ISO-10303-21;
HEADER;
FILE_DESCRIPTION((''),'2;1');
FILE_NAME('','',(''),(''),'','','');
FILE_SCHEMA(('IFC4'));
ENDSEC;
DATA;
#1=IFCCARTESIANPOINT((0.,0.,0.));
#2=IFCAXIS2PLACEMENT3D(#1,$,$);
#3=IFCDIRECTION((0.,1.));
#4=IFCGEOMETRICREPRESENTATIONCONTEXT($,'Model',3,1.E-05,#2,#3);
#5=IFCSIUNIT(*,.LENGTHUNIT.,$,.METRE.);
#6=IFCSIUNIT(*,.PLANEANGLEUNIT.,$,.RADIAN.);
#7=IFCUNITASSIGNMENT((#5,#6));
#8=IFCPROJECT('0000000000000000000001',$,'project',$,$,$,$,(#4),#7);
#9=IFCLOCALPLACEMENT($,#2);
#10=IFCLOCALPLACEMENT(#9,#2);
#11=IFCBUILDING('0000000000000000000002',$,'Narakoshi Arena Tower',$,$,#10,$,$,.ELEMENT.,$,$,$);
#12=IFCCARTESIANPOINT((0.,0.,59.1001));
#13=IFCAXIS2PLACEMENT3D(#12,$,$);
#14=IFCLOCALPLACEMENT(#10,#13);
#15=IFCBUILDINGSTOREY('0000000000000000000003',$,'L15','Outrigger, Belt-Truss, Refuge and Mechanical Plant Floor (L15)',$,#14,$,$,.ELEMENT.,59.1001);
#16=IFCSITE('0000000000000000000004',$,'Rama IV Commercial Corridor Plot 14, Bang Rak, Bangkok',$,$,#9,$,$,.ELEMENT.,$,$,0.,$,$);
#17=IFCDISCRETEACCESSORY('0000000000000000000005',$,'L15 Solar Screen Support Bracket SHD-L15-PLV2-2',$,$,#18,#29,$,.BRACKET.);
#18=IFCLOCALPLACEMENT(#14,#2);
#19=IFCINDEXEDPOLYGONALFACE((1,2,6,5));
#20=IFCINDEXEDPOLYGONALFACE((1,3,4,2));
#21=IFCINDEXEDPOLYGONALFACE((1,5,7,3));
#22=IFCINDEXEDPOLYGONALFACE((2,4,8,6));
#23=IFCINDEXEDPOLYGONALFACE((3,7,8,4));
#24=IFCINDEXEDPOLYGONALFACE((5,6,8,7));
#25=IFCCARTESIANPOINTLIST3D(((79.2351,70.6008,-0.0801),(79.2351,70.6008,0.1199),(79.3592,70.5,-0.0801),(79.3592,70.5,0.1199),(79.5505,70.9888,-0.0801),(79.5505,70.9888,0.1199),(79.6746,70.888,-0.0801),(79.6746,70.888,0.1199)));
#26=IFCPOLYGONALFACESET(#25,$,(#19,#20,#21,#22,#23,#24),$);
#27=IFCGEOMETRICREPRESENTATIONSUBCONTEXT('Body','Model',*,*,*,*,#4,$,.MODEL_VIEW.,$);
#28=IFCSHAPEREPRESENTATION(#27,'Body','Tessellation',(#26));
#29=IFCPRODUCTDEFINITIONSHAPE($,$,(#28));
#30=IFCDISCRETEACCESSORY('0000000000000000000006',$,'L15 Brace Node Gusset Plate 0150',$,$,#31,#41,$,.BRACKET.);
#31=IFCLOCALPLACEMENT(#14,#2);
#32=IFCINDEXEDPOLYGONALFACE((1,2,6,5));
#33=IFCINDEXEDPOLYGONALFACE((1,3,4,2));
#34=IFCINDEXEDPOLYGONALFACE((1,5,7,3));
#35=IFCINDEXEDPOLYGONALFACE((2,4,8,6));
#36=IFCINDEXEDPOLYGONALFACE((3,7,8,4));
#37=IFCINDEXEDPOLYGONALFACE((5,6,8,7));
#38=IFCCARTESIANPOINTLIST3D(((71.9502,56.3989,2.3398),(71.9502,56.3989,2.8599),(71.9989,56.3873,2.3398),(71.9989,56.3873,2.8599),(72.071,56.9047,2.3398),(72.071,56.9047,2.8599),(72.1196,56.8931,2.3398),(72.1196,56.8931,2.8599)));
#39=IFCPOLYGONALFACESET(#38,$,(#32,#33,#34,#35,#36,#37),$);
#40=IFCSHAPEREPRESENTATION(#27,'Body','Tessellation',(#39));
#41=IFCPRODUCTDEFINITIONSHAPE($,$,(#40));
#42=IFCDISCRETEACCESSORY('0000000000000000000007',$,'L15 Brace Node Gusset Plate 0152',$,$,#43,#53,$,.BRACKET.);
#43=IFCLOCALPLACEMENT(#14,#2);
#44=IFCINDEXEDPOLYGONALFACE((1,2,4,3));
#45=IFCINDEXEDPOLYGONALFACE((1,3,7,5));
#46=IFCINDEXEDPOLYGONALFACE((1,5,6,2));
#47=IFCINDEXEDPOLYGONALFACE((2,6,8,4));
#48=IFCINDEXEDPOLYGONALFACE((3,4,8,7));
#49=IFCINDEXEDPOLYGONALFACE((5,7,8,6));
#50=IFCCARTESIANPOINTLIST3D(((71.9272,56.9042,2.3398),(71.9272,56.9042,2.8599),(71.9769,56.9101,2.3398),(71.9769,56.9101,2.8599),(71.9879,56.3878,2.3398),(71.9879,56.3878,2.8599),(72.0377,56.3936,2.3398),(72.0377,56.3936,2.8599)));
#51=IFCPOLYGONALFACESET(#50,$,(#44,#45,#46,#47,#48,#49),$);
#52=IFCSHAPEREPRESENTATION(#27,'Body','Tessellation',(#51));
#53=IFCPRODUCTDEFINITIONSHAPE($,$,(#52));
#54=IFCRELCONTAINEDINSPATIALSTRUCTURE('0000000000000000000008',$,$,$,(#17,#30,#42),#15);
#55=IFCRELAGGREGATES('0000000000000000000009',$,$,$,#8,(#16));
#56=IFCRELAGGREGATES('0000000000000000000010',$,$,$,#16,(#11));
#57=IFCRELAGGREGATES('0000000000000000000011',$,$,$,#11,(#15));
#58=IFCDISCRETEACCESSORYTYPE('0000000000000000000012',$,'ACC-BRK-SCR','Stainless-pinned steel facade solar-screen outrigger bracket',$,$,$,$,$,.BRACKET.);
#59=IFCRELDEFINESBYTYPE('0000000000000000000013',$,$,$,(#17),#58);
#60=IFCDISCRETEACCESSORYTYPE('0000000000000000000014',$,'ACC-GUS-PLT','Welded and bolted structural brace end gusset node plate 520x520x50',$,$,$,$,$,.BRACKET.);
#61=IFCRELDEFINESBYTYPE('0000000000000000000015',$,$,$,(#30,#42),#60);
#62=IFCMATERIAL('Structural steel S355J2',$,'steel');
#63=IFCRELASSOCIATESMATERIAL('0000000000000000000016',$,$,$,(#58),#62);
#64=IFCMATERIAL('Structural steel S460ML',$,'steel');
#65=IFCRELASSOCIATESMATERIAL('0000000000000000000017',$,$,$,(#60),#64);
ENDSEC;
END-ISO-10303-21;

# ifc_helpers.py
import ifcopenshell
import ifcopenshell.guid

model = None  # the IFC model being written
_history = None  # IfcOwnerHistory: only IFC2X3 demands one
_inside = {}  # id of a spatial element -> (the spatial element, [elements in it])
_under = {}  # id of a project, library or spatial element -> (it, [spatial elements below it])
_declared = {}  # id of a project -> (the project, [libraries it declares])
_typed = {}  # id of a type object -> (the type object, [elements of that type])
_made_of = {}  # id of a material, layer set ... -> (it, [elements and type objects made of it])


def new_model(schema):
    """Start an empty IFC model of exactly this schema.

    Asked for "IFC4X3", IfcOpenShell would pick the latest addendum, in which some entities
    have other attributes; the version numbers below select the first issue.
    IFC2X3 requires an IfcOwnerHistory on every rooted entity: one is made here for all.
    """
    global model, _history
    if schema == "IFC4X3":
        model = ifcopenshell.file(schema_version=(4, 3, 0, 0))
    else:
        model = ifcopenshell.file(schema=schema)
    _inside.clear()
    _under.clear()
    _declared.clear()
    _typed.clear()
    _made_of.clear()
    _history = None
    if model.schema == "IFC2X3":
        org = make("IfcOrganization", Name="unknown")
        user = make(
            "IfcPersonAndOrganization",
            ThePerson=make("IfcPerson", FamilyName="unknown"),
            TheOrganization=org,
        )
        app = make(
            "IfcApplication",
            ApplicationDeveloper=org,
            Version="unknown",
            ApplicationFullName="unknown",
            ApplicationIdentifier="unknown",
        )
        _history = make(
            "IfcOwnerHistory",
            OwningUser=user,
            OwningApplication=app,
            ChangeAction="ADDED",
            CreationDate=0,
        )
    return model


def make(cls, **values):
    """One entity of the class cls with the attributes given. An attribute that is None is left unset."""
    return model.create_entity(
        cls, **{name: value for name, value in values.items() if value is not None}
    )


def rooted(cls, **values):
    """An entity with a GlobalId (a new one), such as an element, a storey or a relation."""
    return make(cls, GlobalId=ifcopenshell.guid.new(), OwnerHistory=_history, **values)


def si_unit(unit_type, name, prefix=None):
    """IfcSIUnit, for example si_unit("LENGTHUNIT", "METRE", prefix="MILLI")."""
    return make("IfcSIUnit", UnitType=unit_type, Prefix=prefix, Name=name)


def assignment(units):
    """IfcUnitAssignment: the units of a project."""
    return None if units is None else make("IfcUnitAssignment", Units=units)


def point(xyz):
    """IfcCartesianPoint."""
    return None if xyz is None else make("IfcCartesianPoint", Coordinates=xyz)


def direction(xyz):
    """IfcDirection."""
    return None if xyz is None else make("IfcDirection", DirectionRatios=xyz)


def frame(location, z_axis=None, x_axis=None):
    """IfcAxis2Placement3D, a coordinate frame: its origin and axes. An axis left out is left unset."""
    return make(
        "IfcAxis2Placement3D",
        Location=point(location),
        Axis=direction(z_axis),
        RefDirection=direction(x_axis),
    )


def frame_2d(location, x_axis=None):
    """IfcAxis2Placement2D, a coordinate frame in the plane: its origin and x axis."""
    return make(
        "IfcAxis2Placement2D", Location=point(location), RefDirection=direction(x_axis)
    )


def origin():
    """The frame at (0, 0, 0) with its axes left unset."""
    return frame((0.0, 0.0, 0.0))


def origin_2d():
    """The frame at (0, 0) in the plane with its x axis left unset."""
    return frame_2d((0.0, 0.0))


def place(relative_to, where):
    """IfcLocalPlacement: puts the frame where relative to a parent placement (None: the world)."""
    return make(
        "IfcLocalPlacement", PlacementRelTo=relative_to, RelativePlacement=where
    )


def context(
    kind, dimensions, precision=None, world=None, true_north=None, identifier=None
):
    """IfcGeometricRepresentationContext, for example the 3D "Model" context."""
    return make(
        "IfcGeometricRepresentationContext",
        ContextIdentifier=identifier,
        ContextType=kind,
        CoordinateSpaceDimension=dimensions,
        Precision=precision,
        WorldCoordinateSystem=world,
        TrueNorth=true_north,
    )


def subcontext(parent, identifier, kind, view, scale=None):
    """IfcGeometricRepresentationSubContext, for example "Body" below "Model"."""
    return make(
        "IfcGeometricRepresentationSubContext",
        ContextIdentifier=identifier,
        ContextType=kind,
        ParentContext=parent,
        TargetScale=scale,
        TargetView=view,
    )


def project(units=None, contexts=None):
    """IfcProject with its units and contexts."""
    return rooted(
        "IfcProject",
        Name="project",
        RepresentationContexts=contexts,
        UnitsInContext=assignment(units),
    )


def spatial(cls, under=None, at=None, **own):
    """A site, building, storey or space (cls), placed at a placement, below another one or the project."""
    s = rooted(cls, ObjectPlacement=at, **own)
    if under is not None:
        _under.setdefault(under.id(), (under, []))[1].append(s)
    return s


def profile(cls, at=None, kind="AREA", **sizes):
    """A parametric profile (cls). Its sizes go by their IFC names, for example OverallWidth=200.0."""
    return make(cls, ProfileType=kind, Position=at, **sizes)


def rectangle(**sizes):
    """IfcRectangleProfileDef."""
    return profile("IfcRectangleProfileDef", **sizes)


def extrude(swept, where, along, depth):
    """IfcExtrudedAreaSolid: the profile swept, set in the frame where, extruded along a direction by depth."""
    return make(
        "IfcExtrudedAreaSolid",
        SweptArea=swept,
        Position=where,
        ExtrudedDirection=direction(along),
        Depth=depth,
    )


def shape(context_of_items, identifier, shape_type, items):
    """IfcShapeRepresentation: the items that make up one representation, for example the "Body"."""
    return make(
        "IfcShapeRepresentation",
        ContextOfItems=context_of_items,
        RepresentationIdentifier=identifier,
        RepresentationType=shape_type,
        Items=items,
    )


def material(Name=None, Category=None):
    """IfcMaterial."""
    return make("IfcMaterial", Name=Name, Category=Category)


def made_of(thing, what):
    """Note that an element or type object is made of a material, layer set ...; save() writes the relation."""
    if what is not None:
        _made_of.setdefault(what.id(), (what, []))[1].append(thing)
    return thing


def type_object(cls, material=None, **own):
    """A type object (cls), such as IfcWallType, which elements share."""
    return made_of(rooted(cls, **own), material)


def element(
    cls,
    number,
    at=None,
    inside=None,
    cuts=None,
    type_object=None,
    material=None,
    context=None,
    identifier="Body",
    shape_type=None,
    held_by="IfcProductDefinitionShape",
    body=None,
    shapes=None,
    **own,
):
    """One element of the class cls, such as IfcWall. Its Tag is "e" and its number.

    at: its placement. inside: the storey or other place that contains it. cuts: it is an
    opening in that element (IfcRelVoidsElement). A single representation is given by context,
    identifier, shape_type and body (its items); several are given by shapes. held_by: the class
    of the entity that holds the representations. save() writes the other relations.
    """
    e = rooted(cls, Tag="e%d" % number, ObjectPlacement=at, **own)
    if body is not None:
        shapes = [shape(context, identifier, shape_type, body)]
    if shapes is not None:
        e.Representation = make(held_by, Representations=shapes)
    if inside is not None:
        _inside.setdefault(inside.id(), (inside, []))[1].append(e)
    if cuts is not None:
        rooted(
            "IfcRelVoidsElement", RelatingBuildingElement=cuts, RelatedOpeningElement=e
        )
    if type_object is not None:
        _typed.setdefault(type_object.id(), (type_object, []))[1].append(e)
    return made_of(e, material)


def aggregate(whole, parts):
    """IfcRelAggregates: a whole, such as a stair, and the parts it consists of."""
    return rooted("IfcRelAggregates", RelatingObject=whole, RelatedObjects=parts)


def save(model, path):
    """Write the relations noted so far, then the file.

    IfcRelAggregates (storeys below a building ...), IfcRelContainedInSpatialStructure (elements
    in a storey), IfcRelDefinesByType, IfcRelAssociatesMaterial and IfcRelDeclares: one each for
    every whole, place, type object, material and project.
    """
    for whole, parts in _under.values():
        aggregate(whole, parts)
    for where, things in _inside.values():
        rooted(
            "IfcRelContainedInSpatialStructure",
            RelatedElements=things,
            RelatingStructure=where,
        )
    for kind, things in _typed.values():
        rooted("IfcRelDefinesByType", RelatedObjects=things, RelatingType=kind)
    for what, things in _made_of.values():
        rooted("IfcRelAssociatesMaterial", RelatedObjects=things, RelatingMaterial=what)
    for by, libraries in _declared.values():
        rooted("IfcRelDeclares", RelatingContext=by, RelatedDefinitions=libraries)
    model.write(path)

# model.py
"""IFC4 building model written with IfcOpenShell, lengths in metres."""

from ifc_helpers import new_model, si_unit, direction, frame, origin, origin_2d, place, context, subcontext, project, spatial, rectangle, extrude, material, type_object, element, save


model = new_model("IFC4")

# Units and contexts
model_context = context("Model", 3, precision=1e-05, world=origin(), true_north=direction((0.0, 1.0)))
body_context = subcontext(model_context, "Body", "Model", "MODEL_VIEW")
ifc_project = project(units=[si_unit("LENGTHUNIT", "METRE"), si_unit("PLANEANGLEUNIT", "RADIAN")], contexts=[model_context])

# Site, building, storey
site_placement = place(None, origin())
site = spatial("IfcSite", under=ifc_project, at=site_placement, Name="Rama IV Commercial Corridor Plot 14, Bang Rak, Bangkok", CompositionType="ELEMENT", RefElevation=0.0)
building_placement = place(site_placement, origin())
building = spatial("IfcBuilding", under=site, at=building_placement, Name="Narakoshi Arena Tower", CompositionType="ELEMENT")
storey_placement = place(building_placement, frame((0.0, 0.0, 59.1001)))
storey = spatial("IfcBuildingStorey", under=building, at=storey_placement, Name="L15", Description="Outrigger, Belt-Truss, Refuge and Mechanical Plant Floor (L15)", CompositionType="ELEMENT", Elevation=59.1001)

# Shared definitions
ifc_material_1 = material(Name="Structural steel S460ML", Category="steel")

# Shared definitions
ifc_material_2 = material(Name="Structural steel S355J2", Category="steel")

# Discrete accessories
discrete_accessory_type_1 = type_object("IfcDiscreteAccessoryType", Name="ACC-BRK-SCR", Description="Stainless-pinned steel facade solar-screen outrigger bracket", PredefinedType="BRACKET", material=ifc_material_2)
discrete_accessory_placement = place(storey_placement, frame((79.4548, 70.7444, -0.0801), z_axis=(0.0, 0.0, 1.0), x_axis=(-0.776002, 0.63073, 0.0)))
element("IfcDiscreteAccessory", 1, at=discrete_accessory_placement, inside=storey, type_object=discrete_accessory_type_1, Name="L15 Solar Screen Support Bracket SHD-L15-PLV2-2", PredefinedType="BRACKET", context=body_context, shape_type="SweptSolid", body=[
    extrude(rectangle(XDim=0.1599, YDim=0.5, at=origin_2d()), origin(), (0.0, 0.0, 1.0), 0.2),
])
discrete_accessory_type_2 = type_object("IfcDiscreteAccessoryType", Name="ACC-GUS-PLT", Description="Welded and bolted structural brace end gusset node plate 520x520x50", PredefinedType="BRACKET", material=ifc_material_1)
for number, where, z_axis, x_axis, name in (
    (2, (72.0349, 56.646, 2.3398), (0.0, 0.0, 1.0), (0.232257, 0.972654, 0.0), "L15 Brace Node Gusset Plate 0150"),
    (3, (71.9824, 56.6489, 2.3398), (0.0, 0.0, 1.0), (-0.116844, 0.99315, 0.0), "L15 Brace Node Gusset Plate 0152"),
):
    element("IfcDiscreteAccessory", number, at=place(storey_placement, frame(where, z_axis=z_axis, x_axis=x_axis)), inside=storey, type_object=discrete_accessory_type_2, Name=name, PredefinedType="BRACKET", context=body_context, shape_type="SweptSolid", body=[
        extrude(rectangle(XDim=0.52, YDim=0.05, at=origin_2d()), origin(), (0.0, 0.0, 1.0), 0.52),
    ])

save(model, "model.ifc")
